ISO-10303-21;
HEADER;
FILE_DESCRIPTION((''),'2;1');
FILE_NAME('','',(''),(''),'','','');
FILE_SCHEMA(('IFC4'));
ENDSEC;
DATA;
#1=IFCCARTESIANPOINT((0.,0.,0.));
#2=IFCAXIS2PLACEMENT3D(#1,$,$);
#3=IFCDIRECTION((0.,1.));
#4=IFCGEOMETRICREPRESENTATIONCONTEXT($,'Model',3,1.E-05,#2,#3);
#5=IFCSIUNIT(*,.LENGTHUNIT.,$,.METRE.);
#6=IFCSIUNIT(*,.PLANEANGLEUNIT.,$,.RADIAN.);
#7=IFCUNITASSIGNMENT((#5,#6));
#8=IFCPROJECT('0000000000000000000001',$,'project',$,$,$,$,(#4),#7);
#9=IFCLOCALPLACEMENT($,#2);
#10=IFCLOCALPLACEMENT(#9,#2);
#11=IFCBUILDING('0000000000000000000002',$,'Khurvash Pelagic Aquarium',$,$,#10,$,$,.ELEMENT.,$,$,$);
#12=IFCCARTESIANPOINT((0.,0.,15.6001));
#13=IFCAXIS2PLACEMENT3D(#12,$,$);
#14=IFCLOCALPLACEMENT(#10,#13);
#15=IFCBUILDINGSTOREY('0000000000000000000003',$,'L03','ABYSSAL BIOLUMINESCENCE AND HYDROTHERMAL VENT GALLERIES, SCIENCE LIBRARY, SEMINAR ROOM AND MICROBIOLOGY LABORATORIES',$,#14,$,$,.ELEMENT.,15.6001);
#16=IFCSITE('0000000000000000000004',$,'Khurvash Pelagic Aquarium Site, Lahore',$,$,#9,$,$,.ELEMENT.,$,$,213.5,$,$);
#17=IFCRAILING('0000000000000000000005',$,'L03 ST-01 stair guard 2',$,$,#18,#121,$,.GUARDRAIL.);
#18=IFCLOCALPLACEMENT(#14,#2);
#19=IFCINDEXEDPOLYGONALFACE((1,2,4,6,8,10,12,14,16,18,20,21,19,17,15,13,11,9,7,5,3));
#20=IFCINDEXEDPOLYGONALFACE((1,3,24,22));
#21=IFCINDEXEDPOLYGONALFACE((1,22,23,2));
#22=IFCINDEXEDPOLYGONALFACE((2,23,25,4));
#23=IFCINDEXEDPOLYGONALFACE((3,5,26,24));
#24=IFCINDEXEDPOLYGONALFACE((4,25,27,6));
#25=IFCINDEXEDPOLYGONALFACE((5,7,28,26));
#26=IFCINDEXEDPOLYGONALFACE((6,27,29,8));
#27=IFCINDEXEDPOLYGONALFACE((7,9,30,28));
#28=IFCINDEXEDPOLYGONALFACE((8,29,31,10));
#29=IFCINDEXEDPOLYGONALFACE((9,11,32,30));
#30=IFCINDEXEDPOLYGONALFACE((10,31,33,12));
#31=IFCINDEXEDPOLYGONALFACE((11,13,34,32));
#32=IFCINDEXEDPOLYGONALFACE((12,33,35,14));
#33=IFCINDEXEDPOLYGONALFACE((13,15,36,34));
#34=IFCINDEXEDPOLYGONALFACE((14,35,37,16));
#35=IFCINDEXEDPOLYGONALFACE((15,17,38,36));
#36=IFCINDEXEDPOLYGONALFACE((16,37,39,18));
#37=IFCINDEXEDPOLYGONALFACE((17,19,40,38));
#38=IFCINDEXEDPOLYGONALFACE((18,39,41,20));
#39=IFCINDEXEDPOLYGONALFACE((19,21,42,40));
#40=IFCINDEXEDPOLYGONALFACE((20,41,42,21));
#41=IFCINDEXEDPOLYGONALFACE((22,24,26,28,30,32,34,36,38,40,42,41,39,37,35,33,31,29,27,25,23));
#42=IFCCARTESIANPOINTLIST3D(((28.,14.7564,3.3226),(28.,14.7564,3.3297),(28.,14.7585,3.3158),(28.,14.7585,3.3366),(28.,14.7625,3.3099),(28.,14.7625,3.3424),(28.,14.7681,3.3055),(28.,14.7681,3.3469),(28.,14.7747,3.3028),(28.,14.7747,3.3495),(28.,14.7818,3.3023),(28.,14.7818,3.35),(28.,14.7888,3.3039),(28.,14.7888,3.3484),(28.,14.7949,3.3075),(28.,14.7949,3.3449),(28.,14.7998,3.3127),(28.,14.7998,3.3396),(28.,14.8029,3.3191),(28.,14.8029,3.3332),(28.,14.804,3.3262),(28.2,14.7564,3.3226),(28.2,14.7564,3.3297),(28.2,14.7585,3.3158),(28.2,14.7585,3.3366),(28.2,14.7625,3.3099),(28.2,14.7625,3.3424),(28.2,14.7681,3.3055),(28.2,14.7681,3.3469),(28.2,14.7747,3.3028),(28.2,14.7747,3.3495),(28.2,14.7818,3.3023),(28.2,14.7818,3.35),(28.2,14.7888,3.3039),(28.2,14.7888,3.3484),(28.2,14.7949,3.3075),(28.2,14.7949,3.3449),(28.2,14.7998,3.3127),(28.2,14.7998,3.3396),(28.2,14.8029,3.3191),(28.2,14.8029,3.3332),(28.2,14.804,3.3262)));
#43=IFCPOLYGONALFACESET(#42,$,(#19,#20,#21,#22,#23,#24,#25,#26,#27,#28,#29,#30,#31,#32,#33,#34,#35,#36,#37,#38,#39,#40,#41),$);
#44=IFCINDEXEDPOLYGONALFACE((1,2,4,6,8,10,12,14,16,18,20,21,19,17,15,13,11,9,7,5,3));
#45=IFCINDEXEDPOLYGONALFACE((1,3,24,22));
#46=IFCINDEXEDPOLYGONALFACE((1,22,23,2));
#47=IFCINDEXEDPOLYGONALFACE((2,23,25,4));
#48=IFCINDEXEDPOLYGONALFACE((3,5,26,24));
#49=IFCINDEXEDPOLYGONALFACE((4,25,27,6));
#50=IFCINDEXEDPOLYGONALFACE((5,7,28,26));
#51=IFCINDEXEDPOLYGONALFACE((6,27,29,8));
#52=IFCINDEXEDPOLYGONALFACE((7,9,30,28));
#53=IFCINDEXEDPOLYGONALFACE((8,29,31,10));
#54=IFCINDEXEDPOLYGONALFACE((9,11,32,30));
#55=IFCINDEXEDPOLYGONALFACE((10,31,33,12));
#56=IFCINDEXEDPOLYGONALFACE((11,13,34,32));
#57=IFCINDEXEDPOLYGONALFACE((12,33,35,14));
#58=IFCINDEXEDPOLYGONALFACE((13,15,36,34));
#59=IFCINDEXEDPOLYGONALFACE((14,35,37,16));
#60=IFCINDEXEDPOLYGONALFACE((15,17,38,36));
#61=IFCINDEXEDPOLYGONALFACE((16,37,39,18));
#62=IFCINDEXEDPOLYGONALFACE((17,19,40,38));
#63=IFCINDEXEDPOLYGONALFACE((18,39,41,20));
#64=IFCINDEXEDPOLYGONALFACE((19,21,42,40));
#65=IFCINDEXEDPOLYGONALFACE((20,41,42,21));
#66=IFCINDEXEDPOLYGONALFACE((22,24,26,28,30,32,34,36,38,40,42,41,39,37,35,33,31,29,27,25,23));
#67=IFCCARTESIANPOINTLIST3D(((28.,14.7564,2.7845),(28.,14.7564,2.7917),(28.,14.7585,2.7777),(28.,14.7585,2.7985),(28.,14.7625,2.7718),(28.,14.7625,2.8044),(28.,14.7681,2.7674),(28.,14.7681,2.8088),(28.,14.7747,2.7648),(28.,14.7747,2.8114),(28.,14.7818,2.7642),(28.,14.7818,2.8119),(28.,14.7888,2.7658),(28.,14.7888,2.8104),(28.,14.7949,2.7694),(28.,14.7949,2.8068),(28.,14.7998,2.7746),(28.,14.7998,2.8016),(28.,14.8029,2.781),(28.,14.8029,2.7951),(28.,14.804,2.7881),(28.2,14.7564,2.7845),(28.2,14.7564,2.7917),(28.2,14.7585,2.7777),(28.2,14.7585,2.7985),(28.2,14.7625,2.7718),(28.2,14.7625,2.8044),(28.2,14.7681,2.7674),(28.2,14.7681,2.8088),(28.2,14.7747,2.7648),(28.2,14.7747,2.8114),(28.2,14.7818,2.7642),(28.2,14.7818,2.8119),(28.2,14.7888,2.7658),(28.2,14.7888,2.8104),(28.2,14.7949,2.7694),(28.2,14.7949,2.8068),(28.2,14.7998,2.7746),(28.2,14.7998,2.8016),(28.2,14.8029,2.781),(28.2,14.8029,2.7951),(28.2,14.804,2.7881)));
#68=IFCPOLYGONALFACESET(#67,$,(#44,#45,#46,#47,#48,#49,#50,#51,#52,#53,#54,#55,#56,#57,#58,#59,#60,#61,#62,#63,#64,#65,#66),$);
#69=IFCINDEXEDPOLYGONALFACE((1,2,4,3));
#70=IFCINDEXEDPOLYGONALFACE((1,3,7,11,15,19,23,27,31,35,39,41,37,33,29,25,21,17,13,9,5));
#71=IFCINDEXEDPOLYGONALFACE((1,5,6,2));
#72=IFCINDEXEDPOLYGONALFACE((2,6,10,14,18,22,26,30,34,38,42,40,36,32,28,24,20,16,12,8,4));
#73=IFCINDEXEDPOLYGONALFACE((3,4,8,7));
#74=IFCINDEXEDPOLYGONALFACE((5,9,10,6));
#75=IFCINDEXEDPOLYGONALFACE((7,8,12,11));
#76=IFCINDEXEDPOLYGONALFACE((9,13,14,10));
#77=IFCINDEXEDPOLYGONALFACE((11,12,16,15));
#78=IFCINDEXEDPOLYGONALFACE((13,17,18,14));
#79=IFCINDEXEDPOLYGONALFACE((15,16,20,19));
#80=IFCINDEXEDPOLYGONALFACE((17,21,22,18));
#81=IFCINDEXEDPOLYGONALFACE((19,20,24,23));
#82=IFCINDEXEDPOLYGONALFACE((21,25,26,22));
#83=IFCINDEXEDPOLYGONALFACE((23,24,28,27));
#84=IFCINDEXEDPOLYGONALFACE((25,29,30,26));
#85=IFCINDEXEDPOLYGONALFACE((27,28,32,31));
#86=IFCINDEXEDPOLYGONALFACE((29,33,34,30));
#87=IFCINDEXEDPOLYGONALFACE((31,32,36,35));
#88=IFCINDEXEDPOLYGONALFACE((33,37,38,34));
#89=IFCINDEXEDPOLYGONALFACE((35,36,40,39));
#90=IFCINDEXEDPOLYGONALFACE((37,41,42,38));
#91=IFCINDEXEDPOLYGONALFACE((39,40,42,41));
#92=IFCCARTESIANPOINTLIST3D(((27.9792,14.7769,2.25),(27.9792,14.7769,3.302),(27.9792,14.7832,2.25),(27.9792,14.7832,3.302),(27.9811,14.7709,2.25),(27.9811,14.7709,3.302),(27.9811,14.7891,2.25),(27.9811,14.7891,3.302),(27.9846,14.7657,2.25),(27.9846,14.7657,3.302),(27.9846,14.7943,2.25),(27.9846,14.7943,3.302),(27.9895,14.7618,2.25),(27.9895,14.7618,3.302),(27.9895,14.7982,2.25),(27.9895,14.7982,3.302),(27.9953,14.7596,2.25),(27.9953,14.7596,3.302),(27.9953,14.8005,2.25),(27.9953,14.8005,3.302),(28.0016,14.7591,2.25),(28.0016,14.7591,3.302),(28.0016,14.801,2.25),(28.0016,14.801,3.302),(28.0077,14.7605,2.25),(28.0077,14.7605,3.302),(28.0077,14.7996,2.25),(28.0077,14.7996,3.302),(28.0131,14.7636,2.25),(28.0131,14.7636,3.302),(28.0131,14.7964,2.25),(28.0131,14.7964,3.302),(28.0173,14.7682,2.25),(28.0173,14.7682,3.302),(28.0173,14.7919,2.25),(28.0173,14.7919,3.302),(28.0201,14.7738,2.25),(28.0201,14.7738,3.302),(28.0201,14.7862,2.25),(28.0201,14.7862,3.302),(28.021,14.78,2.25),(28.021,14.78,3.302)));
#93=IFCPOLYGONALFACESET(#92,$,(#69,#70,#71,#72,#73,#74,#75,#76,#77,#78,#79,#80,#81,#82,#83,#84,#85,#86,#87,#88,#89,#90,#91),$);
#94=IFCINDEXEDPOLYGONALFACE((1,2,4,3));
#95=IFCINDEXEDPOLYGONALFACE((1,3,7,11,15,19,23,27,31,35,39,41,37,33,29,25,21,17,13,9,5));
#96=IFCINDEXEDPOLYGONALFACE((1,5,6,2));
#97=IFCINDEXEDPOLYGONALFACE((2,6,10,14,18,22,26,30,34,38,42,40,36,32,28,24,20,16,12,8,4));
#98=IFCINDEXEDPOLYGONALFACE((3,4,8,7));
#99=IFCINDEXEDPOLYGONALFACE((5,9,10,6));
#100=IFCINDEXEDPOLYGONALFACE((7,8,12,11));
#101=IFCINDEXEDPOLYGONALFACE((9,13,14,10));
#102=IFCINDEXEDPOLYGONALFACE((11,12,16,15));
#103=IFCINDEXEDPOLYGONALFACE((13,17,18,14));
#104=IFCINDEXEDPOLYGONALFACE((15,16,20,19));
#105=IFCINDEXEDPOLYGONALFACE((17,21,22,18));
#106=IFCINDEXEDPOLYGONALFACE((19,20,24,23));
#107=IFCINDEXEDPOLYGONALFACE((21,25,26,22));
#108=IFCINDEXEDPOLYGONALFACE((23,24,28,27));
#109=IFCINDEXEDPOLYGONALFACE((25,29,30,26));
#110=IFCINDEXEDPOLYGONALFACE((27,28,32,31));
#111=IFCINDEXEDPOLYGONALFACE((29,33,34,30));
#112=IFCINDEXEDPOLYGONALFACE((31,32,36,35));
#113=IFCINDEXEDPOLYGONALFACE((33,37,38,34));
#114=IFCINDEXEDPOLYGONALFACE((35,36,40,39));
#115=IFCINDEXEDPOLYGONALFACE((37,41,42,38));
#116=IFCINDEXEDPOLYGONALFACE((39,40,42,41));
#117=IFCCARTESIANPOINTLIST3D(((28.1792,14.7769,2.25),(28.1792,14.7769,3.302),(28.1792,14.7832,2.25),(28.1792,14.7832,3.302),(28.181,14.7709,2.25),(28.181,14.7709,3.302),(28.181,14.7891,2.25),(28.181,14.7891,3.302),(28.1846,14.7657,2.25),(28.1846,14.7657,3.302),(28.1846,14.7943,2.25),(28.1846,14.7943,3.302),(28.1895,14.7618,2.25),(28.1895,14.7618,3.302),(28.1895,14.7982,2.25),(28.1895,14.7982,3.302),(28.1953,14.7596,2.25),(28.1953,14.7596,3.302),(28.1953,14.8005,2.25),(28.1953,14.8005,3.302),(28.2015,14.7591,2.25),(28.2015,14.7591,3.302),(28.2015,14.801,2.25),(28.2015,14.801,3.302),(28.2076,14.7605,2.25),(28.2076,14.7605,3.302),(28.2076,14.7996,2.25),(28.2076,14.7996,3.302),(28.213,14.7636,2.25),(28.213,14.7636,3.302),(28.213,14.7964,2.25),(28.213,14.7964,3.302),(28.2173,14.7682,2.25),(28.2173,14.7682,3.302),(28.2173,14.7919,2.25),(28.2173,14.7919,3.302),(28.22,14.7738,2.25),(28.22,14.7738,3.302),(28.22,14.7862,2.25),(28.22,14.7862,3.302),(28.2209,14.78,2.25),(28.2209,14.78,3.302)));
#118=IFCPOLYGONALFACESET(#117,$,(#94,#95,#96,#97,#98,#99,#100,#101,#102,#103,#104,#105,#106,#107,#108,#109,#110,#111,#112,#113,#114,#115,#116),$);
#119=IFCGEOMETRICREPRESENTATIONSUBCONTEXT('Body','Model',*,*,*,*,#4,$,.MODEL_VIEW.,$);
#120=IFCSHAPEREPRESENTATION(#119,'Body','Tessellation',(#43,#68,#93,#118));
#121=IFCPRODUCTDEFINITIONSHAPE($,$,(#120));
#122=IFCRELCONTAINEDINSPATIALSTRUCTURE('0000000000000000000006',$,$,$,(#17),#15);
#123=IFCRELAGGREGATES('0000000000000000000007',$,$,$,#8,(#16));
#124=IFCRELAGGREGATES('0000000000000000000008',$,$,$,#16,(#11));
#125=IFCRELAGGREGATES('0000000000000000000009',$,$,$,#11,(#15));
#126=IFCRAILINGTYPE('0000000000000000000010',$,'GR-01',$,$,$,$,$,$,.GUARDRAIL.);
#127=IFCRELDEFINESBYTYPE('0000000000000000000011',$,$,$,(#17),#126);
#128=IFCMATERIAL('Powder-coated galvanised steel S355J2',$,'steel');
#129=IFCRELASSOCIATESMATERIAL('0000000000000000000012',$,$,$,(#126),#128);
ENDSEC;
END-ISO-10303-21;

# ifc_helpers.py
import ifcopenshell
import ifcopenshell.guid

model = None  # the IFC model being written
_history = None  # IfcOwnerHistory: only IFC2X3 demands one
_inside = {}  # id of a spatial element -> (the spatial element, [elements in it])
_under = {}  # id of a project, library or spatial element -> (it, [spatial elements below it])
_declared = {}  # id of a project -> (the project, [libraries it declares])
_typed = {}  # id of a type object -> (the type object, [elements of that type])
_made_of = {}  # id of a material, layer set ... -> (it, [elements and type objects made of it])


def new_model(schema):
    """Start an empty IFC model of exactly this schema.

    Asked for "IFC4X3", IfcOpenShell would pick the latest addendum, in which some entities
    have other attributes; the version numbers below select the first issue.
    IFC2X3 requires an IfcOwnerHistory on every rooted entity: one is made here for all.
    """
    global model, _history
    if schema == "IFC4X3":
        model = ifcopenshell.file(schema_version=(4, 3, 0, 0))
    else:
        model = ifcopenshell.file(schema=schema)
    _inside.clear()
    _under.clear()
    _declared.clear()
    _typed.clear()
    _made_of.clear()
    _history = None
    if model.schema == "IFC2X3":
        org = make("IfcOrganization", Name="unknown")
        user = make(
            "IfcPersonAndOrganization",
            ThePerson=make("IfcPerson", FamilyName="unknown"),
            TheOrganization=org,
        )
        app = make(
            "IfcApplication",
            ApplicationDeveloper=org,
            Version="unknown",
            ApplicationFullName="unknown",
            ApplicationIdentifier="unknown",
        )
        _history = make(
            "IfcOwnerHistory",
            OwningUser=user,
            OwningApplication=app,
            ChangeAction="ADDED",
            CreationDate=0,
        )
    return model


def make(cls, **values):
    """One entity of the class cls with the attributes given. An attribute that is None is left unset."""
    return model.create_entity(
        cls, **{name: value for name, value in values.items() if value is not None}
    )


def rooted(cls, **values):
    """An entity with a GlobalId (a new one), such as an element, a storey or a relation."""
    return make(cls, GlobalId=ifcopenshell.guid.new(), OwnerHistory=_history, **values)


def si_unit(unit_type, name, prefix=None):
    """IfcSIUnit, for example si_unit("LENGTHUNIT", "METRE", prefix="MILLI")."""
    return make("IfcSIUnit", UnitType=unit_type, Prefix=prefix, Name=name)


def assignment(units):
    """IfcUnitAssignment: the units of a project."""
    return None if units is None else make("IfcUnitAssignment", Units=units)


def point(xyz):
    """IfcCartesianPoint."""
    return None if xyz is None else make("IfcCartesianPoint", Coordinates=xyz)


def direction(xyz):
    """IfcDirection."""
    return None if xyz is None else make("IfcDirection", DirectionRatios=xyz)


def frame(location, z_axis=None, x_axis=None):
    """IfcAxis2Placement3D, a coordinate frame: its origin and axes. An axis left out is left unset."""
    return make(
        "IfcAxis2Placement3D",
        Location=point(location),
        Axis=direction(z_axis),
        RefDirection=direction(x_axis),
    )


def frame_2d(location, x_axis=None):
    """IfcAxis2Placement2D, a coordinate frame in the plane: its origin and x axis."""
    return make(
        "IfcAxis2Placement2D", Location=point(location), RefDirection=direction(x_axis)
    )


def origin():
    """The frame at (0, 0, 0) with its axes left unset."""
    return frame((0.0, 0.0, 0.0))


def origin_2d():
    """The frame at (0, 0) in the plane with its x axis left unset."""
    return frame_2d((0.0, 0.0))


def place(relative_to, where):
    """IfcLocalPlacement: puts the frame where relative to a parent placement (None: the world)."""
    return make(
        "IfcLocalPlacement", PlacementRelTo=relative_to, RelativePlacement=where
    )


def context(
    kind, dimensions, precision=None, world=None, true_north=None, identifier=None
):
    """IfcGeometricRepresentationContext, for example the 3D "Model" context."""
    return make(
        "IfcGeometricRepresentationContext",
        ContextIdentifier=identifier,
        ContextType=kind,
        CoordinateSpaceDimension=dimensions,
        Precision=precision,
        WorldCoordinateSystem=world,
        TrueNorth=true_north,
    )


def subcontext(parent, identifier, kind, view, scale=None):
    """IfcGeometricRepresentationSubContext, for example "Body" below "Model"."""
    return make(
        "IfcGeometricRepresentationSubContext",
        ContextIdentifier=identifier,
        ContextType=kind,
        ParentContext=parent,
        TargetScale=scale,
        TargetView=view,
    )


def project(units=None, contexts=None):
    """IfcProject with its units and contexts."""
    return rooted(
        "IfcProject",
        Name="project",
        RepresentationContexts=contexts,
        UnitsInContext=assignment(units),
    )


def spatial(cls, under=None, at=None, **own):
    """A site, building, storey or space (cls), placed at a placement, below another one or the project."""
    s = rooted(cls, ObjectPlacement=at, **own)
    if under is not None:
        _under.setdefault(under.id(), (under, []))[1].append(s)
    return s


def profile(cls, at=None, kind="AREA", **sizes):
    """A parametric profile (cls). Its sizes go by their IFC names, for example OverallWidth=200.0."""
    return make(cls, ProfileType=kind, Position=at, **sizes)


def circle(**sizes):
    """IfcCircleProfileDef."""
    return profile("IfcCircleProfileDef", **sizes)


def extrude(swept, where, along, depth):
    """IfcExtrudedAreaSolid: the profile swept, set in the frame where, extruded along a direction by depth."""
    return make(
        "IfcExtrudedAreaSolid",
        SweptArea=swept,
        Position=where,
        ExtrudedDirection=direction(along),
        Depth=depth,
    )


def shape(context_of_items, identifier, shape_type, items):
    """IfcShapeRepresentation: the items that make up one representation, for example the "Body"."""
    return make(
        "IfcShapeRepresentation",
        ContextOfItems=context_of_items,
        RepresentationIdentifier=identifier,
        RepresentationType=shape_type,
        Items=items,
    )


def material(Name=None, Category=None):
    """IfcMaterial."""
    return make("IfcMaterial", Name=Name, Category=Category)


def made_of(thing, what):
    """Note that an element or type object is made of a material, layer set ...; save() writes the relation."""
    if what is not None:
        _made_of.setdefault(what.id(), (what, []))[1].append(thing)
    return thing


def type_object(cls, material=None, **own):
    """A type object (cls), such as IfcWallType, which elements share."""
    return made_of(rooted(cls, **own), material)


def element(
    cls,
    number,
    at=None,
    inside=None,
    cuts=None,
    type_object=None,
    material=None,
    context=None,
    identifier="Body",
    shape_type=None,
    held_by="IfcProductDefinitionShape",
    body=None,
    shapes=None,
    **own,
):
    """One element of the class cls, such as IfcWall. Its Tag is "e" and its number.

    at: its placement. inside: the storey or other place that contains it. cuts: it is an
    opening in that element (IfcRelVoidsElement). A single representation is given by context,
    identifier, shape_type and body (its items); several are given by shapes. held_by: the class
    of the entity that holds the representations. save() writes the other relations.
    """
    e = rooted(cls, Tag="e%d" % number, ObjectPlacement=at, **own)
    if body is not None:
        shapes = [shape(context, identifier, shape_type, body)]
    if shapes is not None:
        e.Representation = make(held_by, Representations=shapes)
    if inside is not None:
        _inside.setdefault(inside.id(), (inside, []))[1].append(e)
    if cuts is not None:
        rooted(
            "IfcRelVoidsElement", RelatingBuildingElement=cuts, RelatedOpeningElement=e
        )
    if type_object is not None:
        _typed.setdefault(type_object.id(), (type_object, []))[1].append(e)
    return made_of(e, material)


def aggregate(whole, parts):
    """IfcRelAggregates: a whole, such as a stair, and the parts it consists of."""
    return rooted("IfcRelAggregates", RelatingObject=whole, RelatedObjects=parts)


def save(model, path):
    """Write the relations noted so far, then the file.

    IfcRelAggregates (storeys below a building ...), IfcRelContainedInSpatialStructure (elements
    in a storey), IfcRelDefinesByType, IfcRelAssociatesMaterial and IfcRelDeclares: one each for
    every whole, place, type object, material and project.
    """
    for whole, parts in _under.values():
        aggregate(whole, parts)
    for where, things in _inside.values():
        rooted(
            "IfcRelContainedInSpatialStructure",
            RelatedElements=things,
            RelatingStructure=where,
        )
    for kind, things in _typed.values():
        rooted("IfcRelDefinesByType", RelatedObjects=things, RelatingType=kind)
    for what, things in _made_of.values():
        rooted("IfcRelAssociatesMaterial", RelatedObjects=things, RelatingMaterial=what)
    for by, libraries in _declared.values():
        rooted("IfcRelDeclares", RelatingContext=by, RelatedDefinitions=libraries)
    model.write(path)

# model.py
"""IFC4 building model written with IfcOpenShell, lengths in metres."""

from ifc_helpers import new_model, si_unit, direction, frame, origin, origin_2d, place, context, subcontext, project, spatial, circle, extrude, material, type_object, element, save


model = new_model("IFC4")

# Units and contexts
model_context = context("Model", 3, precision=1e-05, world=origin(), true_north=direction((0.0, 1.0)))
body_context = subcontext(model_context, "Body", "Model", "MODEL_VIEW")
ifc_project = project(units=[si_unit("LENGTHUNIT", "METRE"), si_unit("PLANEANGLEUNIT", "RADIAN")], contexts=[model_context])

# Site, building, storey
site_placement = place(None, origin())
site = spatial("IfcSite", under=ifc_project, at=site_placement, Name="Khurvash Pelagic Aquarium Site, Lahore", CompositionType="ELEMENT", RefElevation=213.5)
building_placement = place(site_placement, origin())
building = spatial("IfcBuilding", under=site, at=building_placement, Name="Khurvash Pelagic Aquarium", CompositionType="ELEMENT")
storey_placement = place(building_placement, frame((0.0, 0.0, 15.6001)))
storey = spatial("IfcBuildingStorey", under=building, at=storey_placement, Name="L03", Description="ABYSSAL BIOLUMINESCENCE AND HYDROTHERMAL VENT GALLERIES, SCIENCE LIBRARY, SEMINAR ROOM AND MICROBIOLOGY LABORATORIES", CompositionType="ELEMENT", Elevation=15.6001)

# Railing
ifc_material_1 = material(Name="Powder-coated galvanised steel S355J2", Category="steel")
railing_type_1 = type_object("IfcRailingType", Name="GR-01", PredefinedType="GUARDRAIL", material=ifc_material_1)
railing_1_placement = place(storey_placement, frame((28.0, 14.78, 2.25)))
element("IfcRailing", 1, at=railing_1_placement, inside=storey, type_object=railing_type_1, Name="L03 ST-01 stair guard 2", PredefinedType="GUARDRAIL", context=body_context, shape_type="SweptSolid", body=[
    extrude(circle(Radius=0.0239, at=origin_2d()), frame((0.0, 0.0, 1.0762), z_axis=(1.0, 0.0, 0.0), x_axis=(0.0, 1.0, 0.0)), (0.0, 0.0, 1.0), 0.2),
    extrude(circle(Radius=0.0239, at=origin_2d()), frame((0.0, 0.0, 0.5381), z_axis=(1.0, 0.0, 0.0), x_axis=(0.0, 1.0, 0.0)), (0.0, 0.0, 1.0), 0.2),
    extrude(circle(Radius=0.021, at=origin_2d()), origin(), (0.0, 0.0, 1.0), 1.052),
    extrude(circle(Radius=0.021, at=origin_2d()), frame((0.2, 0.0, 0.0)), (0.0, 0.0, 1.0), 1.052),
])

save(model, "model.ifc")
